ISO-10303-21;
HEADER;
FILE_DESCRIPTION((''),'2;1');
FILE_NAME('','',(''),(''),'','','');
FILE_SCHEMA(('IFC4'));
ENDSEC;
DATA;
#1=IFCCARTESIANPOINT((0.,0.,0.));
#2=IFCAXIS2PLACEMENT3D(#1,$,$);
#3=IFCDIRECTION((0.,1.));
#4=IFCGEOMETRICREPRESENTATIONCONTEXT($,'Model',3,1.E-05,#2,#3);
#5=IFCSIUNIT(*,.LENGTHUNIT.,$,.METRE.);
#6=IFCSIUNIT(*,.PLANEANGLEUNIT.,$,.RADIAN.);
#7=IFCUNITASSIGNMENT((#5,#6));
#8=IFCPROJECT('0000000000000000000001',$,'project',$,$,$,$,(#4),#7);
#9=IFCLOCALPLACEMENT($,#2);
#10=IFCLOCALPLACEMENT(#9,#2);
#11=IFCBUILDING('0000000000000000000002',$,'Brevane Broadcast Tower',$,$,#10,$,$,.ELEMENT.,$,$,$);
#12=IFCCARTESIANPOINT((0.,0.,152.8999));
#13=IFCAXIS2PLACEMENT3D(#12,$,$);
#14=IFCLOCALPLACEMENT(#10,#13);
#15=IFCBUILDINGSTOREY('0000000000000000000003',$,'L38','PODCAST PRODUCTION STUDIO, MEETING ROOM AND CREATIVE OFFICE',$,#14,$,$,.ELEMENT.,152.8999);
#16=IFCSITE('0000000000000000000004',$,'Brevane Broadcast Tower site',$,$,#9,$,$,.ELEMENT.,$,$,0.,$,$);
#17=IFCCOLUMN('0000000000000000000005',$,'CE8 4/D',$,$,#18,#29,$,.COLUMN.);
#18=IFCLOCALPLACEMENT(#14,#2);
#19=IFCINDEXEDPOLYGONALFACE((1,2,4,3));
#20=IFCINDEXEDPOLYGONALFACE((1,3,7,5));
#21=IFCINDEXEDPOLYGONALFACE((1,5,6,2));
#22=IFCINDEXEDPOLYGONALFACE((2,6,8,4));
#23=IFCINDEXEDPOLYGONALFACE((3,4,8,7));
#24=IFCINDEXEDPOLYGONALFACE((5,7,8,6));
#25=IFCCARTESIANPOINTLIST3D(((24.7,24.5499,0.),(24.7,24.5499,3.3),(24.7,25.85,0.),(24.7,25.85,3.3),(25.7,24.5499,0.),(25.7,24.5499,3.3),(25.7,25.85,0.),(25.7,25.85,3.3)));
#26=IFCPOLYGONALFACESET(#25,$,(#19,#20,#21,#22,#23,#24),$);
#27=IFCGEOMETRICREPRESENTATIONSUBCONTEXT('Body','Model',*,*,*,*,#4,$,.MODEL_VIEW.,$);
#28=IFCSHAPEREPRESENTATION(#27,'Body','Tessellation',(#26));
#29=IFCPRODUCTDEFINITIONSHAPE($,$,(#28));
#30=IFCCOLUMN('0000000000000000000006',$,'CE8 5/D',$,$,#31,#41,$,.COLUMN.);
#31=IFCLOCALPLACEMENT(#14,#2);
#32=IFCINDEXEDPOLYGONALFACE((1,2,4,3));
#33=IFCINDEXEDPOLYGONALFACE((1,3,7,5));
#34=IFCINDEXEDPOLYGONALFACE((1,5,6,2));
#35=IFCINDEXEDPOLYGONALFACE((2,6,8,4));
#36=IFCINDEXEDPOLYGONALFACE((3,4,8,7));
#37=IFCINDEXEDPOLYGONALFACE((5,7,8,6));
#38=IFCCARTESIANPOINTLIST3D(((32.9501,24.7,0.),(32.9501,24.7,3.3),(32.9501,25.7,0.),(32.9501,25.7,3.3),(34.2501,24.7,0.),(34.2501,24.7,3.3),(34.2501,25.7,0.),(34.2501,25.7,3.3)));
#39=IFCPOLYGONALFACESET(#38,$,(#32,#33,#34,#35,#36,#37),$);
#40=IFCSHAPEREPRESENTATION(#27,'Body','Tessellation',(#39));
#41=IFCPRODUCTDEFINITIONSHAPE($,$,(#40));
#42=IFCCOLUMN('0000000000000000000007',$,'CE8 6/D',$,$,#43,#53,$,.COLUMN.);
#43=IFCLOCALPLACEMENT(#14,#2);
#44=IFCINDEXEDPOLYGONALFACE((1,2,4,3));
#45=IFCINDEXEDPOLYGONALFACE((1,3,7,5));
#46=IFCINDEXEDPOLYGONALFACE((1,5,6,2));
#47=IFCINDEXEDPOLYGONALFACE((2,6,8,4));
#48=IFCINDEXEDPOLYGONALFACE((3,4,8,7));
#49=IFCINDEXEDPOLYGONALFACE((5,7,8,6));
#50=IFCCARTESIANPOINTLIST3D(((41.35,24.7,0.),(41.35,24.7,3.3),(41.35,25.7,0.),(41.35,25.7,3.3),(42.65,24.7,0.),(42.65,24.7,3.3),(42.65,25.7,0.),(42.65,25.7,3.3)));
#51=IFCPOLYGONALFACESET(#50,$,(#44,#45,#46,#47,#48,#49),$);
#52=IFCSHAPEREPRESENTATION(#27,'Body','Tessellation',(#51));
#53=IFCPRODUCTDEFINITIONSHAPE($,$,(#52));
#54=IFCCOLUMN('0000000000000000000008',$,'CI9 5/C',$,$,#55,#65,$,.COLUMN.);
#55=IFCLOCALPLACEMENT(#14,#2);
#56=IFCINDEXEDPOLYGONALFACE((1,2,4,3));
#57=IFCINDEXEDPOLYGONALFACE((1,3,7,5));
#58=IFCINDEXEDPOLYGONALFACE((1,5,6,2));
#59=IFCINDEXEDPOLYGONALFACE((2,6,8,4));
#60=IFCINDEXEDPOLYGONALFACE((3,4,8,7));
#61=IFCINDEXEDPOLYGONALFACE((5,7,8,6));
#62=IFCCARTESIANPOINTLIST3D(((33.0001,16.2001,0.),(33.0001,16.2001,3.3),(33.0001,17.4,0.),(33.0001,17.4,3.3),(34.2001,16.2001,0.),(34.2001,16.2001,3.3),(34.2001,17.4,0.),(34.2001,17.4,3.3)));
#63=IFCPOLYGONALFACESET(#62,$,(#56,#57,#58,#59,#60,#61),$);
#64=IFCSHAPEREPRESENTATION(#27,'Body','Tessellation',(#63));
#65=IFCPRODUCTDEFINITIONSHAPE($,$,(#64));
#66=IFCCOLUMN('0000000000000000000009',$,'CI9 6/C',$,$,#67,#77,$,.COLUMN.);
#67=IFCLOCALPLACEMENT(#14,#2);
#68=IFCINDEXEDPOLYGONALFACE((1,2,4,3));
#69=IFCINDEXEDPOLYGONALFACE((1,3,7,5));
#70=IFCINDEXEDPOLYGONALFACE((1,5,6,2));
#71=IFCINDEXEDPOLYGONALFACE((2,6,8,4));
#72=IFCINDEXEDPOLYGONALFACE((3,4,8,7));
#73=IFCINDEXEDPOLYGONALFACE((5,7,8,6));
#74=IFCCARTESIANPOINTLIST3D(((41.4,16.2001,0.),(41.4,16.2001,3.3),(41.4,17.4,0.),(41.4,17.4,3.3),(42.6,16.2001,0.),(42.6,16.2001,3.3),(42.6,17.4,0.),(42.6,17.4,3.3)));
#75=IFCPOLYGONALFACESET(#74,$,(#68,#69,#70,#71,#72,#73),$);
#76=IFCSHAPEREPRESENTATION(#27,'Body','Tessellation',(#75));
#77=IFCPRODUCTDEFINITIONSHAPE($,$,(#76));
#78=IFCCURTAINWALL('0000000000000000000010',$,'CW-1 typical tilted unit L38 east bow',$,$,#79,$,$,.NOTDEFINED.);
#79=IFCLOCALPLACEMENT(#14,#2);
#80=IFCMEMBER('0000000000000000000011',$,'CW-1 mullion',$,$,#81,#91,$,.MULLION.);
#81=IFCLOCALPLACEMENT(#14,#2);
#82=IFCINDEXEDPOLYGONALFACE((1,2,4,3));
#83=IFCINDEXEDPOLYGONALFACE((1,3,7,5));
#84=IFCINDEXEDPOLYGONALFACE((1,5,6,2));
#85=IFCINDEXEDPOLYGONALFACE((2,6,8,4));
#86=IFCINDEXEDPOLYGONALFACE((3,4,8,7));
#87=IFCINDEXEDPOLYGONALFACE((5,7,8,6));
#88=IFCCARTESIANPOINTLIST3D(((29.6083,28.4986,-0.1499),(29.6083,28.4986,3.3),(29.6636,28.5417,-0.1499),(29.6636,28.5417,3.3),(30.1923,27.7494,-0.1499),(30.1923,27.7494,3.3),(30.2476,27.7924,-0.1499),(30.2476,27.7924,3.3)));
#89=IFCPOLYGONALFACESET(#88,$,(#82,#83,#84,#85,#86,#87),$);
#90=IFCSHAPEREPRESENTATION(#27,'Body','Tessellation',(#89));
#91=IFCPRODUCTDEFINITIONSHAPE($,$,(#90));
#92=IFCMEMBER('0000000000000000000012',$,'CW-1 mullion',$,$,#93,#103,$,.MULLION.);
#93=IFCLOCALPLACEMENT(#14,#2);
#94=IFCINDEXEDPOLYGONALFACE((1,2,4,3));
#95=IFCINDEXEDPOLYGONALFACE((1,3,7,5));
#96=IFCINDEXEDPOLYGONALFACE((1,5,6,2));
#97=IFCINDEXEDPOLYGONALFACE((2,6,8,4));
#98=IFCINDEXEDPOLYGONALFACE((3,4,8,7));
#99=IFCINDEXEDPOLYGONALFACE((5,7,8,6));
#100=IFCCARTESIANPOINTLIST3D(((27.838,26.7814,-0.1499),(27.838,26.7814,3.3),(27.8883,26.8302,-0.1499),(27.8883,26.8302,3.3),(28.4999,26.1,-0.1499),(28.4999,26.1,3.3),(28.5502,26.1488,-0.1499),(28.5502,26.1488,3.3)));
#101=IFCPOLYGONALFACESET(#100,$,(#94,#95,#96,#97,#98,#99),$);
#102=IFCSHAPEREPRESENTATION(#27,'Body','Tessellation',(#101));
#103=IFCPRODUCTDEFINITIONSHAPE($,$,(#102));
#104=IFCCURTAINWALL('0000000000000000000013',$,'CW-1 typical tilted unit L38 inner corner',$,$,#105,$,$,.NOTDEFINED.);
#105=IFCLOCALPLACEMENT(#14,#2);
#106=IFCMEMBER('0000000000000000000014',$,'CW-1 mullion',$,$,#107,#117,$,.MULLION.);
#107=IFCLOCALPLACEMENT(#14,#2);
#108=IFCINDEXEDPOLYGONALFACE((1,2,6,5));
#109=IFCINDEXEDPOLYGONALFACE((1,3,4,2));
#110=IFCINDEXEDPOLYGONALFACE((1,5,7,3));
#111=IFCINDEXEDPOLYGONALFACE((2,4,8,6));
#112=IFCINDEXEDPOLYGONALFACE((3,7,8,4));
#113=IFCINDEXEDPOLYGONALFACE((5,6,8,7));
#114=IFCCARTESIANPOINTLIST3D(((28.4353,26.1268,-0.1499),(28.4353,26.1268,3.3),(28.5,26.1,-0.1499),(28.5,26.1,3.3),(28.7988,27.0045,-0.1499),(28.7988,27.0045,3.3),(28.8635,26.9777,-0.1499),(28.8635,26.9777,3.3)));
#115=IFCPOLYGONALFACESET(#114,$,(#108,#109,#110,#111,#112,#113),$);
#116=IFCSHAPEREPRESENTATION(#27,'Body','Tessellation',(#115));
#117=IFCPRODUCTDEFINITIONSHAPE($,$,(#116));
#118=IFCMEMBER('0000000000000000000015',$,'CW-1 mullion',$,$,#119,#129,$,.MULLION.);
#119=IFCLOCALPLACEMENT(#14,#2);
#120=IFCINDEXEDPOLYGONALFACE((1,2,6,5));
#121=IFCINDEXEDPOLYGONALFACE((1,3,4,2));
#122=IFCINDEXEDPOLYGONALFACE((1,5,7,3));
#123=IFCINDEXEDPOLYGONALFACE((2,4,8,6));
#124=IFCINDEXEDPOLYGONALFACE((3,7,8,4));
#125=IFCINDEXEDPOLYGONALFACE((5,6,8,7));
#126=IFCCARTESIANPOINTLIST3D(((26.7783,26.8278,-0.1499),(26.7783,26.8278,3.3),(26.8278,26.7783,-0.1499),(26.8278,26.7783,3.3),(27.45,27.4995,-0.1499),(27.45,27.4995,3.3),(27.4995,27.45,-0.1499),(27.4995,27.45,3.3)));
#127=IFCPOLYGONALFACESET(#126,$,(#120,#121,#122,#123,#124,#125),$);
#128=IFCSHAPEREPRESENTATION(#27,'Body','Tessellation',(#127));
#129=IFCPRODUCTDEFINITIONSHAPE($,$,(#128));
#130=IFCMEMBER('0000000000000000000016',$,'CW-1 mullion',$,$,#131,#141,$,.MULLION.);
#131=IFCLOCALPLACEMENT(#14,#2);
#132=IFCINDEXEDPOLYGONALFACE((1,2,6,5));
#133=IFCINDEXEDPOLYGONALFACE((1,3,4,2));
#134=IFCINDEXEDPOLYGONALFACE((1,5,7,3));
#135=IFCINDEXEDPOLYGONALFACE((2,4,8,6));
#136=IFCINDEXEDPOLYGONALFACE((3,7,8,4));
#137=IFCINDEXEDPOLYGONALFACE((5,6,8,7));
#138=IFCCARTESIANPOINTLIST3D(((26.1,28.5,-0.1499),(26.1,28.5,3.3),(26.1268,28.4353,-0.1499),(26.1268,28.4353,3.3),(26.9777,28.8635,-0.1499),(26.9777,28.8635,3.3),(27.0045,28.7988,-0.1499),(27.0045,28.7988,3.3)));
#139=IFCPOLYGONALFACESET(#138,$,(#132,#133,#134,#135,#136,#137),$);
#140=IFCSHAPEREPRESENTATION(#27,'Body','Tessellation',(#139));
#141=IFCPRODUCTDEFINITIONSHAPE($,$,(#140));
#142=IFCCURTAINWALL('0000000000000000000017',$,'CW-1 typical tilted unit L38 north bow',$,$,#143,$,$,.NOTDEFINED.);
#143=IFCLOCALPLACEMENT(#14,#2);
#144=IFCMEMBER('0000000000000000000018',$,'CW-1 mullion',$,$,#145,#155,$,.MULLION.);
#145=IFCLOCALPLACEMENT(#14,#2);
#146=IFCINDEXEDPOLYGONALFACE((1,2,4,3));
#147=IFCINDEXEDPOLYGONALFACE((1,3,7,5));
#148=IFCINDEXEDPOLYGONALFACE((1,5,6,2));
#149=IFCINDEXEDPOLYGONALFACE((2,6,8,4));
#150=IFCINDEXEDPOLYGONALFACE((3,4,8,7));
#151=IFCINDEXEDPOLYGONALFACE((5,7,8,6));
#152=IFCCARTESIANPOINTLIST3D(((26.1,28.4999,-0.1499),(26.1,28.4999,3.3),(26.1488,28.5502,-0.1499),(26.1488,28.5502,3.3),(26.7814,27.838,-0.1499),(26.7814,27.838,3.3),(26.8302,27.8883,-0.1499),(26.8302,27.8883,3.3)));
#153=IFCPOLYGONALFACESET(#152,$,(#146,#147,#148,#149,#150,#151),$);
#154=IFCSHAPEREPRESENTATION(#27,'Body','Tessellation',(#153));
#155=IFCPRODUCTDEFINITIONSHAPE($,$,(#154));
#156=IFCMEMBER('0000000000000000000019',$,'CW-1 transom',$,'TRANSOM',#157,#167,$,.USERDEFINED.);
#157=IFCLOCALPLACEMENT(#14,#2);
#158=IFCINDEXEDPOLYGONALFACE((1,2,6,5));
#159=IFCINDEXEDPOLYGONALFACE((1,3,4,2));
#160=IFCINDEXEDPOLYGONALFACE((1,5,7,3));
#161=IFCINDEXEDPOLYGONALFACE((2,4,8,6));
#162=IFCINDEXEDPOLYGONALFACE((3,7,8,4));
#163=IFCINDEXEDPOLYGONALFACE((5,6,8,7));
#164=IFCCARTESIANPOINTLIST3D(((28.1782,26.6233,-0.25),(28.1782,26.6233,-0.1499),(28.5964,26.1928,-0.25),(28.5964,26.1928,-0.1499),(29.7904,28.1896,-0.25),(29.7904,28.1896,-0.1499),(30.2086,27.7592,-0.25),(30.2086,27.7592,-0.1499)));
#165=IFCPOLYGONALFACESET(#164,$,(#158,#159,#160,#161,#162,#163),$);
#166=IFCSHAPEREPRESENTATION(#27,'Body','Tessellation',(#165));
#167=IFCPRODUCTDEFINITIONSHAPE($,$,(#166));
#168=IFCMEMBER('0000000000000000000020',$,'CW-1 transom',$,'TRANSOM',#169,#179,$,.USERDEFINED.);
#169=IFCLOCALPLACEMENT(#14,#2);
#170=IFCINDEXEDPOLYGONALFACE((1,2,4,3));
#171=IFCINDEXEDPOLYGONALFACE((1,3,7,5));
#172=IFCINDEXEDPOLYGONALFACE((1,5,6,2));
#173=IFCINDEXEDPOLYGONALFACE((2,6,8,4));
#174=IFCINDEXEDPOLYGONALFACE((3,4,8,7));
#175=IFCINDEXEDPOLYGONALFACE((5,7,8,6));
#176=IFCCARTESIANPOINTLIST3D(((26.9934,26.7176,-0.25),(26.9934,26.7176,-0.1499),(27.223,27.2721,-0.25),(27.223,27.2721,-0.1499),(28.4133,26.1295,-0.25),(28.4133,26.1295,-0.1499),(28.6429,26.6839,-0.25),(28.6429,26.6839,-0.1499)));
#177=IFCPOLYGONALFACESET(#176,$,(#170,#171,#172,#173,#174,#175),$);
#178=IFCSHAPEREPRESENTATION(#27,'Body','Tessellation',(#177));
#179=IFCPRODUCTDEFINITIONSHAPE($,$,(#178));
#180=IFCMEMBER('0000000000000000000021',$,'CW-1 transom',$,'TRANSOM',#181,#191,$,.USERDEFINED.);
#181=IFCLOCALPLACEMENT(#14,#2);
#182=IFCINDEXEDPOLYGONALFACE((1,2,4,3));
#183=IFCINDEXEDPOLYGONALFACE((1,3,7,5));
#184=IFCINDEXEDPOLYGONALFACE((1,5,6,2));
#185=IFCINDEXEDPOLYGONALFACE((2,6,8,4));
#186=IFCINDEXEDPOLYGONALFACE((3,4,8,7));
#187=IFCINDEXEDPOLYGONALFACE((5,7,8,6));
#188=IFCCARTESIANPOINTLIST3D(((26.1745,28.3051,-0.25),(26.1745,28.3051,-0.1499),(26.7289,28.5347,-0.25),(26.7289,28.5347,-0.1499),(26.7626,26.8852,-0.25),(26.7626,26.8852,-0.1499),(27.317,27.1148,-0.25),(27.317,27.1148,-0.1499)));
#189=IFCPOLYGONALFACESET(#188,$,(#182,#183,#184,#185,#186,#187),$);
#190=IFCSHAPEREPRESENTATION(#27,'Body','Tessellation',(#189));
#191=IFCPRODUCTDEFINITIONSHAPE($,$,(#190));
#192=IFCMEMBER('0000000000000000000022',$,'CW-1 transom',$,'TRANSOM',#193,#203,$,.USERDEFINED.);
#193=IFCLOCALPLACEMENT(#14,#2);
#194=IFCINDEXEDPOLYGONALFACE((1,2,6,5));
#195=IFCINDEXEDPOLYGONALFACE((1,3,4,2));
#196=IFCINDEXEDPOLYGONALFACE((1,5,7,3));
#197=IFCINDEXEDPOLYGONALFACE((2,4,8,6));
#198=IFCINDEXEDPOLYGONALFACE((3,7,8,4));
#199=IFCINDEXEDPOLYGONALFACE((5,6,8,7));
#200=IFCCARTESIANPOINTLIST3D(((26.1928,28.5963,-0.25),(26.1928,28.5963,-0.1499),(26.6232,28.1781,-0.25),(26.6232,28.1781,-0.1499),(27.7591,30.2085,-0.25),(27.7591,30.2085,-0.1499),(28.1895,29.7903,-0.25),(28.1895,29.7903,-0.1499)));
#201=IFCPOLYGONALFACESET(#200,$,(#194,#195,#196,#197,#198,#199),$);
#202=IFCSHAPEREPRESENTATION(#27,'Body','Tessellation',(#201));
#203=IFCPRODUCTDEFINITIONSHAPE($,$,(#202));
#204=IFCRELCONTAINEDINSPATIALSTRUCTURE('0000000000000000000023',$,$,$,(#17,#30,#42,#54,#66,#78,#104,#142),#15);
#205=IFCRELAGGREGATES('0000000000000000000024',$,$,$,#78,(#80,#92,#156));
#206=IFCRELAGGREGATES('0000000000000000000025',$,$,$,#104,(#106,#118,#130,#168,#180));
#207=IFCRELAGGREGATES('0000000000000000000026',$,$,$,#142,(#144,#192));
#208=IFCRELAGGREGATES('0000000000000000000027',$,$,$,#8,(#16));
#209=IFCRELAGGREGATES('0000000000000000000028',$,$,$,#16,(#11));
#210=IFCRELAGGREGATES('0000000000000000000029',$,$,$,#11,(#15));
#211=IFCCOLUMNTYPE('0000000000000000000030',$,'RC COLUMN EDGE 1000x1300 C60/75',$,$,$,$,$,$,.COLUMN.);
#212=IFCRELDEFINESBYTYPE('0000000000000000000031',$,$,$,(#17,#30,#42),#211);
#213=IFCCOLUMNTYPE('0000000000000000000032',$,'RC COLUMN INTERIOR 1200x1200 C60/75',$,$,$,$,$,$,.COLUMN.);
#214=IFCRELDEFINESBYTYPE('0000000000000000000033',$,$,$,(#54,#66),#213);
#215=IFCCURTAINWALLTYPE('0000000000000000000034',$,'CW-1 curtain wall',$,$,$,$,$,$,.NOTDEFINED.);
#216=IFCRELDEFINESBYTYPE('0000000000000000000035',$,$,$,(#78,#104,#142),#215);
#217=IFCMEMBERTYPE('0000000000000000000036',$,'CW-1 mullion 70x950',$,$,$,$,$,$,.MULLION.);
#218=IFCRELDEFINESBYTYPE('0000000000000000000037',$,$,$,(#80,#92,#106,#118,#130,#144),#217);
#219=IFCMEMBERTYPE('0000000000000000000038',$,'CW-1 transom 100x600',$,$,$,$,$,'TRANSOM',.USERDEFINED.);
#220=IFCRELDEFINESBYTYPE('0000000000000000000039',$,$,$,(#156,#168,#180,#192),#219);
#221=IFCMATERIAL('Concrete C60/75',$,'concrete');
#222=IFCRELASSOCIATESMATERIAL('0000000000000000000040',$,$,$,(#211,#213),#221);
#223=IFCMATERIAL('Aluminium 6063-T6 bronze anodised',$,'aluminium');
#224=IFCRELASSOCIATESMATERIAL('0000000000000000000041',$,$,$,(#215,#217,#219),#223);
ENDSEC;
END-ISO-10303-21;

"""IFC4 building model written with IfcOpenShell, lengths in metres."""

from ifc_helpers import new_model, si_unit, direction, frame, origin, origin_2d, place, context, subcontext, project, spatial, rectangle, extrude, material, material_profile, profile_set, type_object, element, aggregate, save


model = new_model("IFC4")

# Units and contexts
model_context = context("Model", 3, precision=1e-05, world=origin(), true_north=direction((0.0, 1.0)))
body_context = subcontext(model_context, "Body", "Model", "MODEL_VIEW")
ifc_project = project(units=[si_unit("LENGTHUNIT", "METRE"), si_unit("PLANEANGLEUNIT", "RADIAN")], contexts=[model_context])

# Site, building, storey
site_placement = place(None, origin())
site = spatial("IfcSite", under=ifc_project, at=site_placement, Name="Brevane Broadcast Tower site", CompositionType="ELEMENT", RefElevation=0.0)
building_placement = place(site_placement, origin())
building = spatial("IfcBuilding", under=site, at=building_placement, Name="Brevane Broadcast Tower", CompositionType="ELEMENT")
storey_placement = place(building_placement, frame((0.0, 0.0, 152.8999)))
storey = spatial("IfcBuildingStorey", under=building, at=storey_placement, Name="L38", Description="PODCAST PRODUCTION STUDIO, MEETING ROOM AND CREATIVE OFFICE", CompositionType="ELEMENT", Elevation=152.8999)

# Columns
ifc_material_1 = material(Name="Concrete C60/75", Category="concrete")
ifc_material_profile_1 = material_profile(ifc_material_1, rectangle(XDim=1.0, YDim=1.3, at=origin_2d()), Name="RC 1000x1300")
ifc_profile_set_1 = profile_set([ifc_material_profile_1], Name="Concrete C60/75")
column_type_1 = type_object("IfcColumnType", Name="RC COLUMN EDGE 1000x1300 C60/75", PredefinedType="COLUMN", material=ifc_profile_set_1)
for number, where, z_axis, x_axis, name in (
    (1, (25.2, 25.2, 0.0), (0.0, 0.0, 1.0), (1.0, 0.0, 0.0), "CE8 4/D"),
    (2, (33.6001, 25.2, 0.0), (0.0, 0.0, 1.0), (0.0, 1.0, 0.0), "CE8 5/D"),
    (3, (42.0, 25.2, 0.0), (0.0, 0.0, 1.0), (0.0, 1.0, 0.0), "CE8 6/D"),
):
    element("IfcColumn", number, at=place(storey_placement, frame(where, z_axis=z_axis, x_axis=x_axis)), inside=storey, type_object=column_type_1, Name=name, PredefinedType="COLUMN", context=body_context, shape_type="SweptSolid", body=[
        extrude(rectangle(XDim=1.0, YDim=1.3, at=origin_2d()), origin(), (0.0, 0.0, 1.0), 3.3),
    ])
ifc_material_profile_2 = material_profile(ifc_material_1, rectangle(XDim=1.2, YDim=1.2, at=origin_2d()), Name="RC 1200x1200")
ifc_profile_set_2 = profile_set([ifc_material_profile_2], Name="Concrete C60/75")
column_type_2 = type_object("IfcColumnType", Name="RC COLUMN INTERIOR 1200x1200 C60/75", PredefinedType="COLUMN", material=ifc_profile_set_2)
for number, where, z_axis, x_axis, name in (
    (4, (33.6001, 16.8, 0.0), (0.0, 0.0, 1.0), (1.0, 0.0, 0.0), "CI9 5/C"),
    (5, (42.0, 16.8, 0.0), (0.0, 0.0, 1.0), (1.0, 0.0, 0.0), "CI9 6/C"),
):
    element("IfcColumn", number, at=place(storey_placement, frame(where, z_axis=z_axis, x_axis=x_axis)), inside=storey, type_object=column_type_2, Name=name, PredefinedType="COLUMN", context=body_context, shape_type="SweptSolid", body=[
        extrude(rectangle(XDim=1.2, YDim=1.2, at=origin_2d()), origin(), (0.0, 0.0, 1.0), 3.3),
    ])

# Curtain walls, members
ifc_material_2 = material(Name="Aluminium 6063-T6 bronze anodised", Category="aluminium")
curtain_wall_type = type_object("IfcCurtainWallType", Name="CW-1 curtain wall", PredefinedType="NOTDEFINED", material=ifc_material_2)
curtain_wall_1_placement = place(storey_placement, origin())
curtain_wall_1 = element("IfcCurtainWall", 6, at=curtain_wall_1_placement, inside=storey, type_object=curtain_wall_type, Name="CW-1 typical tilted unit L38 east bow", PredefinedType="NOTDEFINED")
ifc_material_profile_3 = material_profile(ifc_material_2, rectangle(XDim=0.95, YDim=0.0701, at=origin_2d()), Name="RECT 70x950")
ifc_profile_set_3 = profile_set([ifc_material_profile_3], Name="Aluminium 6063-T6 bronze anodised")
member_type_1 = type_object("IfcMemberType", Name="CW-1 mullion 70x950", PredefinedType="MULLION", material=ifc_profile_set_3)
member_1_placement = place(storey_placement, frame((29.928, 28.1455, -0.1499), z_axis=(0.0, 0.0, 1.0), x_axis=(0.61477, -0.788707, 0.0)))
member_1 = element("IfcMember", 7, at=member_1_placement, type_object=member_type_1, Name="CW-1 mullion", PredefinedType="MULLION", context=body_context, shape_type="SweptSolid", body=[
    extrude(rectangle(XDim=0.95, YDim=0.0701, at=origin_2d()), origin(), (0.0, 0.0, 1.0), 3.45),
])
member_2_placement = place(storey_placement, frame((28.1941, 26.4651, -0.1499), z_axis=(0.0, 0.0, 1.0), x_axis=(0.696812, -0.717254, 0.0)))
member_2 = element("IfcMember", 8, at=member_2_placement, type_object=member_type_1, Name="CW-1 mullion", PredefinedType="MULLION", context=body_context, shape_type="SweptSolid", body=[
    extrude(rectangle(XDim=0.95, YDim=0.0701, at=origin_2d()), origin(), (0.0, 0.0, 1.0), 3.45),
])
curtain_wall_2_placement = place(storey_placement, origin())
curtain_wall_2 = element("IfcCurtainWall", 9, at=curtain_wall_2_placement, inside=storey, type_object=curtain_wall_type, Name="CW-1 typical tilted unit L38 inner corner", PredefinedType="NOTDEFINED")
member_3_placement = place(storey_placement, frame((28.6494, 26.5522, -0.1499), z_axis=(0.0, 0.0, 1.0), x_axis=(-0.382684, -0.923879, 0.0)))
member_3 = element("IfcMember", 10, at=member_3_placement, type_object=member_type_1, Name="CW-1 mullion", PredefinedType="MULLION", context=body_context, shape_type="SweptSolid", body=[
    extrude(rectangle(XDim=0.95, YDim=0.0701, at=origin_2d()), origin(), (0.0, 0.0, 1.0), 3.45),
])
member_4_placement = place(storey_placement, frame((27.1389, 27.1389, -0.1499), z_axis=(0.0, 0.0, 1.0), x_axis=(-0.707107, -0.707107, 0.0)))
member_4 = element("IfcMember", 11, at=member_4_placement, type_object=member_type_1, Name="CW-1 mullion", PredefinedType="MULLION", context=body_context, shape_type="SweptSolid", body=[
    extrude(rectangle(XDim=0.95, YDim=0.0701, at=origin_2d()), origin(), (0.0, 0.0, 1.0), 3.45),
])
member_5_placement = place(storey_placement, frame((26.5522, 28.6494, -0.1499), z_axis=(0.0, 0.0, 1.0), x_axis=(-0.923879, -0.382684, 0.0)))
member_5 = element("IfcMember", 12, at=member_5_placement, type_object=member_type_1, Name="CW-1 mullion", PredefinedType="MULLION", context=body_context, shape_type="SweptSolid", body=[
    extrude(rectangle(XDim=0.95, YDim=0.0701, at=origin_2d()), origin(), (0.0, 0.0, 1.0), 3.45),
])

# Curtain wall, member
curtain_wall_3_placement = place(storey_placement, origin())
curtain_wall_3 = element("IfcCurtainWall", 13, at=curtain_wall_3_placement, inside=storey, type_object=curtain_wall_type, Name="CW-1 typical tilted unit L38 north bow", PredefinedType="NOTDEFINED")
member_6_placement = place(storey_placement, frame((26.4651, 28.1941, -0.1499), z_axis=(0.0, 0.0, 1.0), x_axis=(-0.717254, 0.696812, 0.0)))
member_6 = element("IfcMember", 14, at=member_6_placement, type_object=member_type_1, Name="CW-1 mullion", PredefinedType="MULLION", context=body_context, shape_type="SweptSolid", body=[
    extrude(rectangle(XDim=0.95, YDim=0.0701, at=origin_2d()), origin(), (0.0, 0.0, 1.0), 3.45),
])

# Members
ifc_material_profile_4 = material_profile(ifc_material_2, rectangle(XDim=0.6001, YDim=0.1001, at=origin_2d()), Name="RECT 100x600")
ifc_profile_set_4 = profile_set([ifc_material_profile_4], Name="Aluminium 6063-T6 bronze anodised")
member_type_2 = type_object("IfcMemberType", Name="CW-1 transom 100x600", ElementType="TRANSOM", PredefinedType="USERDEFINED", material=ifc_profile_set_4)
member_7_placement = place(storey_placement, frame((29.9995, 27.9744, -0.2), z_axis=(-0.717242, -0.696824, 0.0), x_axis=(0.696824, -0.717242, 0.0)))
member_7 = element("IfcMember", 15, at=member_7_placement, type_object=member_type_2, Name="CW-1 transom", ObjectType="TRANSOM", PredefinedType="USERDEFINED", context=body_context, shape_type="SweptSolid", body=[
    extrude(rectangle(XDim=0.6001, YDim=0.1001, at=origin_2d()), origin(), (0.0, 0.0, 1.0), 2.2478),
])
aggregate(curtain_wall_1, [member_1, member_2, member_7])
member_8_placement = place(storey_placement, frame((28.5281, 26.4067, -0.2), z_axis=(-0.923883, 0.382674, 0.0), x_axis=(-0.382674, -0.923883, 0.0)))
member_8 = element("IfcMember", 16, at=member_8_placement, type_object=member_type_2, Name="CW-1 transom", ObjectType="TRANSOM", PredefinedType="USERDEFINED", context=body_context, shape_type="SweptSolid", body=[
    extrude(rectangle(XDim=0.6001, YDim=0.1001, at=origin_2d()), origin(), (0.0, 0.0, 1.0), 1.5369),
])
member_9_placement = place(storey_placement, frame((27.0398, 27.0, -0.2), z_axis=(-0.382674, 0.923883, 0.0), x_axis=(-0.923883, -0.382674, 0.0)))
member_9 = element("IfcMember", 17, at=member_9_placement, type_object=member_type_2, Name="CW-1 transom", ObjectType="TRANSOM", PredefinedType="USERDEFINED", context=body_context, shape_type="SweptSolid", body=[
    extrude(rectangle(XDim=0.6001, YDim=0.1001, at=origin_2d()), origin(), (0.0, 0.0, 1.0), 1.5369),
])
aggregate(curtain_wall_2, [member_3, member_4, member_5, member_8, member_9])
member_10_placement = place(storey_placement, frame((26.408, 28.3872, -0.2), z_axis=(0.696824, 0.717242, 0.0), x_axis=(-0.717242, 0.696824, 0.0)))
member_10 = element("IfcMember", 18, at=member_10_placement, type_object=member_type_2, Name="CW-1 transom", ObjectType="TRANSOM", PredefinedType="USERDEFINED", context=body_context, shape_type="SweptSolid", body=[
    extrude(rectangle(XDim=0.6001, YDim=0.1001, at=origin_2d()), origin(), (0.0, 0.0, 1.0), 2.2478),
])
aggregate(curtain_wall_3, [member_6, member_10])

save(model, "model.ifc")
